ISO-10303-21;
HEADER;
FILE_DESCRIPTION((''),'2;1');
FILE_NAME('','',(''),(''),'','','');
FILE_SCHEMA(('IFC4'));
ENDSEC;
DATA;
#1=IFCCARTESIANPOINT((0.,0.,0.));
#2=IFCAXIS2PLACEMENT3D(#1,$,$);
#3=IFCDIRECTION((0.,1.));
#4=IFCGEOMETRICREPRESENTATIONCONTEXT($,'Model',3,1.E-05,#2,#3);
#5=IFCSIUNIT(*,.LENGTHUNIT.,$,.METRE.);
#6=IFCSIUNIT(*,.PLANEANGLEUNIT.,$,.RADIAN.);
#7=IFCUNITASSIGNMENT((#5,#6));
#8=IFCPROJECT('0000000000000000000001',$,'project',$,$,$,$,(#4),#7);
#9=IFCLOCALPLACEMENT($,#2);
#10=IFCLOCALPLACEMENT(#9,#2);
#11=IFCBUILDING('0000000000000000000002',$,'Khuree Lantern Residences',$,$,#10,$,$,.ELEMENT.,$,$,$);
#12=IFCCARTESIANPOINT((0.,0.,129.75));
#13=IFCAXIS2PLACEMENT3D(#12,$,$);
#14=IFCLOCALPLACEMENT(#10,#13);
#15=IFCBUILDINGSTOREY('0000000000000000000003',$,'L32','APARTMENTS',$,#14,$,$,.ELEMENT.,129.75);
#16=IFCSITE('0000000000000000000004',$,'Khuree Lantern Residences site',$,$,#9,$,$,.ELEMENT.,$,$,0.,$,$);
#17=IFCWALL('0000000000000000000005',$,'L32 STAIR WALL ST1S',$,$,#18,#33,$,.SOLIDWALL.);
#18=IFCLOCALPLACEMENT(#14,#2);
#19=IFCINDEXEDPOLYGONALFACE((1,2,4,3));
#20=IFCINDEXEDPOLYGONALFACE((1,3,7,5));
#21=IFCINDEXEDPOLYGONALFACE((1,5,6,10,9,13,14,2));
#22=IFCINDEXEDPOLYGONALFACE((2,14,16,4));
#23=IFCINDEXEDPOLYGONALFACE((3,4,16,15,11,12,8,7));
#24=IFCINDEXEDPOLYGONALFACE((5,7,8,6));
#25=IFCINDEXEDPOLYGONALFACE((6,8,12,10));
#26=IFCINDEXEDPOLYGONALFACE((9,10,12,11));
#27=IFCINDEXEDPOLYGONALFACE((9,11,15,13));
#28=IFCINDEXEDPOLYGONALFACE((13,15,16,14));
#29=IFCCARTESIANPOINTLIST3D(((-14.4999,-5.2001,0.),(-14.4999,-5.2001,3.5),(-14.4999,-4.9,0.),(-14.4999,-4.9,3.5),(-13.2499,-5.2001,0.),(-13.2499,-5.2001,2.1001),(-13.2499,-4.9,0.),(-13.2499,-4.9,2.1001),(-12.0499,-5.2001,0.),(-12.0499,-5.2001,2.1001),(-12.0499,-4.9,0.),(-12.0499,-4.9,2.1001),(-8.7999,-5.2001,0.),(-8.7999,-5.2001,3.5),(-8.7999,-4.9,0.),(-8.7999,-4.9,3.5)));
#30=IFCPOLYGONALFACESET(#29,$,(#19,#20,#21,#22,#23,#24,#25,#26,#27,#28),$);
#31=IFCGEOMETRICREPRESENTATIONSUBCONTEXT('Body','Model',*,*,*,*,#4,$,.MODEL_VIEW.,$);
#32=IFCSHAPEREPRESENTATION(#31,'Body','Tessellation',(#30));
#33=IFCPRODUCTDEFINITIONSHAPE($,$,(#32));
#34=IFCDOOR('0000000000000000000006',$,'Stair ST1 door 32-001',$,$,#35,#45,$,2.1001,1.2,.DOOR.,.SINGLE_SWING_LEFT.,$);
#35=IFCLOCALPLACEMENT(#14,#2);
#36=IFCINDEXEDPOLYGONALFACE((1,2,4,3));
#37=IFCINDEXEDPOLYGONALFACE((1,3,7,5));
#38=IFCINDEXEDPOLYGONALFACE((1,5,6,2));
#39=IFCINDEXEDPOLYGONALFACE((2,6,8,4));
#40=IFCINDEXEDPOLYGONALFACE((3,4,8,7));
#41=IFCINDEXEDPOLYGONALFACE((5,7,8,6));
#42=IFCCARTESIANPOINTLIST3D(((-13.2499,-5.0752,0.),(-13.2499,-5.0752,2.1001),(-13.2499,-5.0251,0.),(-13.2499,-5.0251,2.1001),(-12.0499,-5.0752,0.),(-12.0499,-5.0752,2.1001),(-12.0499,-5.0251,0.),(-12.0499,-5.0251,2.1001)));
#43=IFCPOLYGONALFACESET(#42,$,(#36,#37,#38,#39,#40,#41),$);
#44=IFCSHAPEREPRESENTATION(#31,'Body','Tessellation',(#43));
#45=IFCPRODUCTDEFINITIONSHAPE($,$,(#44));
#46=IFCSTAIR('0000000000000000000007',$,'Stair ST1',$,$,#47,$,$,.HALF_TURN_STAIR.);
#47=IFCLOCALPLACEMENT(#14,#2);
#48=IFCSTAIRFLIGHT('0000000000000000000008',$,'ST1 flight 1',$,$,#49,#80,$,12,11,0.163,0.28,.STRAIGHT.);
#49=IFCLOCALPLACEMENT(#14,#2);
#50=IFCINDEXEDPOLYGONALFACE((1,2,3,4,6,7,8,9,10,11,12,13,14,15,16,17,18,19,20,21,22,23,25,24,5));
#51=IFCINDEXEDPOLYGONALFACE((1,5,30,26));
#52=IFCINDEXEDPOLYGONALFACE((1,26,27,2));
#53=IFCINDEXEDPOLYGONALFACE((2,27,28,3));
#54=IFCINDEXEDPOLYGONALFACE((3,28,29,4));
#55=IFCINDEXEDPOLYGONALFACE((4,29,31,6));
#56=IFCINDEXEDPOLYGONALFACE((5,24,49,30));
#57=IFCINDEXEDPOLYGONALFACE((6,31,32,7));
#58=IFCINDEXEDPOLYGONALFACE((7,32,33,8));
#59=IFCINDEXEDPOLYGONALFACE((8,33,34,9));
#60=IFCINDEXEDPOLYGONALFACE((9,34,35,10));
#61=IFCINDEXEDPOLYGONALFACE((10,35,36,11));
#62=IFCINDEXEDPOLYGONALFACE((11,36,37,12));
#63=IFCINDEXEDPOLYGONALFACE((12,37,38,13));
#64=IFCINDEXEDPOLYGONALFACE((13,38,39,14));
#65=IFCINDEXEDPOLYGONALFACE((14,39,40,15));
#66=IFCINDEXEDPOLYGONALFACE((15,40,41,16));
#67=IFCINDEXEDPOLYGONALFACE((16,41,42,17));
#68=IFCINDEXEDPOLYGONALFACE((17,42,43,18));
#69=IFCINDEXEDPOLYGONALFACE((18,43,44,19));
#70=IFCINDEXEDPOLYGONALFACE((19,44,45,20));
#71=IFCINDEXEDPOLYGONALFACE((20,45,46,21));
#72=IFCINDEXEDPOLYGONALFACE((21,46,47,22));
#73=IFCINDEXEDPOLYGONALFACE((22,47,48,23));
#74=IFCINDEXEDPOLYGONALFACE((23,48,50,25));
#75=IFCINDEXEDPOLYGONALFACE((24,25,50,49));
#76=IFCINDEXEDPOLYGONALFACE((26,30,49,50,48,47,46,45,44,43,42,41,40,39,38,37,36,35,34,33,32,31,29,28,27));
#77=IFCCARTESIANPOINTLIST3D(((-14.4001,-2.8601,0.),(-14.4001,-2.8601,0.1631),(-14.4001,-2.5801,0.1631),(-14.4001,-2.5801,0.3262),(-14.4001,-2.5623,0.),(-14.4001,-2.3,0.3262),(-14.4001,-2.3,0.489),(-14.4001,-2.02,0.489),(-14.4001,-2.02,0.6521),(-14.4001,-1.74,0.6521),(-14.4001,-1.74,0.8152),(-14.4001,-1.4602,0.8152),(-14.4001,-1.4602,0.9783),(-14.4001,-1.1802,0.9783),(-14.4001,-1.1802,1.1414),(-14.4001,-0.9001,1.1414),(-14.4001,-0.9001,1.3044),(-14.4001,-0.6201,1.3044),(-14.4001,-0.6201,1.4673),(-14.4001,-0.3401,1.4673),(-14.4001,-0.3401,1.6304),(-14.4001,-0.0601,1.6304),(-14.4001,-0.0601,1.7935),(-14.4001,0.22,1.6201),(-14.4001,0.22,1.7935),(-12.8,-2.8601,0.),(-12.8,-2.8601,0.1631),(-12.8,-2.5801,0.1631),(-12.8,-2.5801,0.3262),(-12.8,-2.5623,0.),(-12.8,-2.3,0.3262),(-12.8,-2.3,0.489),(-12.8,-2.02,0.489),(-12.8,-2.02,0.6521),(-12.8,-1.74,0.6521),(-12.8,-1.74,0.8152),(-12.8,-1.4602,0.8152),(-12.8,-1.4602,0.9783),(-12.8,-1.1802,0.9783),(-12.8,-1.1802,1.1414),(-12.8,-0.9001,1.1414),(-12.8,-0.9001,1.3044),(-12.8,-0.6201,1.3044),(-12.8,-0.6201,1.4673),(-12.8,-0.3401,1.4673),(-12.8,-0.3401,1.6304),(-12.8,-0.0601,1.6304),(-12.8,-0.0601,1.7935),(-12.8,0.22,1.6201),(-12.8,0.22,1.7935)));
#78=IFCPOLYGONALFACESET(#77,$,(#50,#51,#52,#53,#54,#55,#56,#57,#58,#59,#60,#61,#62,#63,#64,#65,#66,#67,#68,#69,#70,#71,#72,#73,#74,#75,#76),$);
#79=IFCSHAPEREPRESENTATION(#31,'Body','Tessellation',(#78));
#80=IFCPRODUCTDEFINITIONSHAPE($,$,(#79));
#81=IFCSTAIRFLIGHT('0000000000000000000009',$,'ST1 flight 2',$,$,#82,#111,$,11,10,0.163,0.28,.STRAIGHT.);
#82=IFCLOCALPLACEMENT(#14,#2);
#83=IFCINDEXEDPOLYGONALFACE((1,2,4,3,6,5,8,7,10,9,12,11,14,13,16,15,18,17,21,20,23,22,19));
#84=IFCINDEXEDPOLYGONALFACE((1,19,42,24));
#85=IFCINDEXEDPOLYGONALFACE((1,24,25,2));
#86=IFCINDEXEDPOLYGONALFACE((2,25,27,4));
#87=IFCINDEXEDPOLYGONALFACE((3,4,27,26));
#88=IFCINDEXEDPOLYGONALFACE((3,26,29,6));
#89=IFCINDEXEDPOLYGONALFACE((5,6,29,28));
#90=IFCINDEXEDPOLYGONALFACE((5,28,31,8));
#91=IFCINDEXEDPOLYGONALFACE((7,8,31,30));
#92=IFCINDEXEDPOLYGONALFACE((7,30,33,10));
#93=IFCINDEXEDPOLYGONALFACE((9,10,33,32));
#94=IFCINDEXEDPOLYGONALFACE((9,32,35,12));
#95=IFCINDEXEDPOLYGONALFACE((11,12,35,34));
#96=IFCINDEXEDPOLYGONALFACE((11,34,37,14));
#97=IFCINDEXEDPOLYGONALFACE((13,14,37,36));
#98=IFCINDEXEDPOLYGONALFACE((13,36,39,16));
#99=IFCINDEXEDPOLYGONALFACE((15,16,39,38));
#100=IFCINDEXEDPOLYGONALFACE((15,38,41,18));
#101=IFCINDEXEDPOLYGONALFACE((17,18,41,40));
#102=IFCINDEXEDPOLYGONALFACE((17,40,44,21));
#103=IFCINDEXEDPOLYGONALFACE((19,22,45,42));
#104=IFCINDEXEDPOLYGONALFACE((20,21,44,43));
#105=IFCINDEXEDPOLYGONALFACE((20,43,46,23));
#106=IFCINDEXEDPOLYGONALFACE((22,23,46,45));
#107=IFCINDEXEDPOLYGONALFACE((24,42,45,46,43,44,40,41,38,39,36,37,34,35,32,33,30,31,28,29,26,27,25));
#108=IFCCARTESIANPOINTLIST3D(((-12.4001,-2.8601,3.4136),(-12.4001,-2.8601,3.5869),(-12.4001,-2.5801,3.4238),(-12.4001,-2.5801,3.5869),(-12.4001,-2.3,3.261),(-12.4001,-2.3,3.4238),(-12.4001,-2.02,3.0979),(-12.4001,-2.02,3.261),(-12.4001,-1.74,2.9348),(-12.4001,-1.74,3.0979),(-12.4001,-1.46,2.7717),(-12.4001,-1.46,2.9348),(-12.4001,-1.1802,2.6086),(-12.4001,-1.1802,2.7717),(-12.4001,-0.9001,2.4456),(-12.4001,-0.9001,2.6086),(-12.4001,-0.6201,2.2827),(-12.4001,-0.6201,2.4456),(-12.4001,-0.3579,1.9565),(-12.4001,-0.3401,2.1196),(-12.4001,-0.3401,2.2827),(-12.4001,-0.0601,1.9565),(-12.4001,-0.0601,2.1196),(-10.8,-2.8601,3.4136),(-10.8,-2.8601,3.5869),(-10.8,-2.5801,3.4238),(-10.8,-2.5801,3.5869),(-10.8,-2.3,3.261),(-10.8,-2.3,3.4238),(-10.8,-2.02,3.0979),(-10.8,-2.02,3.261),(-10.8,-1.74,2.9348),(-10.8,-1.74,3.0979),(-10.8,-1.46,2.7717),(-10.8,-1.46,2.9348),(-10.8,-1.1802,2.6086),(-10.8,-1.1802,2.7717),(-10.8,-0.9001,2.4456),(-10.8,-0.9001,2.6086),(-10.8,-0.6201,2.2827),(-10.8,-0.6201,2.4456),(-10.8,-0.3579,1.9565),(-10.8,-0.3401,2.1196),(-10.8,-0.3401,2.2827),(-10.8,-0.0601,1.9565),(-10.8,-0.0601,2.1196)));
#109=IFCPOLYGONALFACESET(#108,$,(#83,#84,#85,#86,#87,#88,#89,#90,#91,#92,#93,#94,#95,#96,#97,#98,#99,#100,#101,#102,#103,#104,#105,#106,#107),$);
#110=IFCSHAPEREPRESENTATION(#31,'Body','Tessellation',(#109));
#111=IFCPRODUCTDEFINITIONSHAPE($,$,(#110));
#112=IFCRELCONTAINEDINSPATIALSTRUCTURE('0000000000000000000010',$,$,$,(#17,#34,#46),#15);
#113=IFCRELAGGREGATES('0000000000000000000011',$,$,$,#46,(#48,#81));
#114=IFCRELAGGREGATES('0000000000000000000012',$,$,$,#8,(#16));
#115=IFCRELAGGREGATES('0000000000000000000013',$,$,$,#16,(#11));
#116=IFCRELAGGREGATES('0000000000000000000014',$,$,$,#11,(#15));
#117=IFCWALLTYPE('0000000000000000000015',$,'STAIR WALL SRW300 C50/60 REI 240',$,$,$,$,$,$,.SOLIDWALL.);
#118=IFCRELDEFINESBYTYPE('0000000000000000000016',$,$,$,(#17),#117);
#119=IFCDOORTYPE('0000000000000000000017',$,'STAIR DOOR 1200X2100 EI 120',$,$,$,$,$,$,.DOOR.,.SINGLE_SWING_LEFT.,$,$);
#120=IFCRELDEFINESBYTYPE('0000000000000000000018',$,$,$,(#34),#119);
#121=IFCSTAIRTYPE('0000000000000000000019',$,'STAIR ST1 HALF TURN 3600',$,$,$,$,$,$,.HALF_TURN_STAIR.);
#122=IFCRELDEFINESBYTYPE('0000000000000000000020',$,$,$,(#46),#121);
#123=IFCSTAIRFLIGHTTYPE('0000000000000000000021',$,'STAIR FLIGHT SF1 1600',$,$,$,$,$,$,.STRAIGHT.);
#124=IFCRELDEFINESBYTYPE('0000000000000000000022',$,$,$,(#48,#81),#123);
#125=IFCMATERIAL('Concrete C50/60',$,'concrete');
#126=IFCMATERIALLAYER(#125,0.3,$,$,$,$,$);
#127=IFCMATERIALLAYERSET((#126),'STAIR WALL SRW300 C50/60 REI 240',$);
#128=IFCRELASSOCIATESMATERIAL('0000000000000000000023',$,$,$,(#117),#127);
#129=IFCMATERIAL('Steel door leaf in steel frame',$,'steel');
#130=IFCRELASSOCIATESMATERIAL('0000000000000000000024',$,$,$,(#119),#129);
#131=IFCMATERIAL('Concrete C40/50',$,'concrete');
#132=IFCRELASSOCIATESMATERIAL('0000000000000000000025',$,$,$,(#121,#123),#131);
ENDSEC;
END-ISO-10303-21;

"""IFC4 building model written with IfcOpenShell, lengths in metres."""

from ifc_helpers import new_model, si_unit, direction, frame, frame_2d, origin, place, context, subcontext, project, spatial, polyline, rectangle, outline, extrude, material, layer, layer_set, type_object, element, fill, aggregate, save


model = new_model("IFC4")

# Units and contexts
model_context = context("Model", 3, precision=1e-05, world=origin(), true_north=direction((0.0, 1.0)))
body_context = subcontext(model_context, "Body", "Model", "MODEL_VIEW")
ifc_project = project(units=[si_unit("LENGTHUNIT", "METRE"), si_unit("PLANEANGLEUNIT", "RADIAN")], contexts=[model_context])

# Site, building, storey
site_placement = place(None, origin())
site = spatial("IfcSite", under=ifc_project, at=site_placement, Name="Khuree Lantern Residences site", CompositionType="ELEMENT", RefElevation=0.0)
building_placement = place(site_placement, origin())
building = spatial("IfcBuilding", under=site, at=building_placement, Name="Khuree Lantern Residences", CompositionType="ELEMENT")
storey_placement = place(building_placement, frame((0.0, 0.0, 129.75)))
storey = spatial("IfcBuildingStorey", under=building, at=storey_placement, Name="L32", Description="APARTMENTS", CompositionType="ELEMENT", Elevation=129.75)

# Shared definitions
ifc_material_1 = material(Name="Steel door leaf in steel frame", Category="steel")

# Shared definitions
ifc_material_2 = material(Name="Concrete C50/60", Category="concrete")
ifc_layer_1 = layer(ifc_material_2, 0.3)
ifc_layer_set_1 = layer_set([ifc_layer_1], Name="STAIR WALL SRW300 C50/60 REI 240")
wall_type_1 = type_object("IfcWallType", Name="STAIR WALL SRW300 C50/60 REI 240", PredefinedType="SOLIDWALL", material=ifc_layer_set_1)

# Wall, opening, door
wall_1_placement = place(storey_placement, frame((-14.5, -5.05, 0.0), z_axis=(0.0, 0.0, 1.0), x_axis=(1.0, 0.0, 0.0)))
wall_1 = element("IfcWall", 1, at=wall_1_placement, inside=storey, type_object=wall_type_1, Name="L32 STAIR WALL ST1S", PredefinedType="SOLIDWALL", context=body_context, shape_type="SweptSolid", body=[
    extrude(rectangle(XDim=5.7, YDim=0.3, at=frame_2d((2.8501, 0.0))), origin(), (0.0, 0.0, 1.0), 3.5),
])
opening_1_placement = place(wall_1_placement, frame((1.25, 0.0, 0.0)))
opening_1 = element("IfcOpeningElement", 2, at=opening_1_placement, cuts=wall_1, PredefinedType="OPENING", context=body_context, shape_type="SweptSolid", body=[
    extrude(rectangle(XDim=1.2, YDim=2.1001, at=frame_2d((0.6001, 1.05))), frame((0.0, 0.1602, 0.0), z_axis=(0.0, -1.0, 0.0), x_axis=(1.0, 0.0, 0.0)), (0.0, 0.0, 1.0), 0.3201),
])
door_type_1 = type_object("IfcDoorType", Name="STAIR DOOR 1200X2100 EI 120", OperationType="SINGLE_SWING_LEFT", PredefinedType="DOOR", material=ifc_material_1)
door_1_placement = place(opening_1_placement, origin())
door_1 = element("IfcDoor", 3, at=door_1_placement, inside=storey, type_object=door_type_1, Name="Stair ST1 door 32-001", OperationType="SINGLE_SWING_LEFT", OverallHeight=2.1001, OverallWidth=1.2, PredefinedType="DOOR", context=body_context, shape_type="SweptSolid", body=[
    extrude(rectangle(XDim=1.2, YDim=2.1001, at=frame_2d((0.6001, 1.05))), frame((0.0, 0.0249, 0.0), z_axis=(0.0, -1.0, 0.0), x_axis=(1.0, 0.0, 0.0)), (0.0, 0.0, 1.0), 0.05),
])
fill(opening_1, door_1)

# Stair, stair flights
ifc_material_3 = material(Name="Concrete C40/50", Category="concrete")
stair_type = type_object("IfcStairType", Name="STAIR ST1 HALF TURN 3600", PredefinedType="HALF_TURN_STAIR", material=ifc_material_3)
stair_placement = place(storey_placement, origin())
stair = element("IfcStair", 4, at=stair_placement, inside=storey, type_object=stair_type, Name="Stair ST1", PredefinedType="HALF_TURN_STAIR")
stair_flight_type = type_object("IfcStairFlightType", Name="STAIR FLIGHT SF1 1600", PredefinedType="STRAIGHT", material=ifc_material_3)
stair_flight_1_placement = place(storey_placement, frame((-13.6001, -2.8601, 0.0), z_axis=(0.0, 0.0, 1.0), x_axis=(0.0, 1.0, 0.0)))
stair_flight_1 = element("IfcStairFlight", 5, at=stair_flight_1_placement, type_object=stair_flight_type, Name="ST1 flight 1", NumberOfRisers=12, NumberOfTreads=11, PredefinedType="STRAIGHT", RiserHeight=0.163, TreadLength=0.28, context=body_context, shape_type="SweptSolid", body=[
    extrude(outline(polyline([(0.0, 0.0), (0.0, 0.1631), (0.28, 0.1631), (0.28, 0.3262), (0.5601, 0.3262), (0.5601, 0.489), (0.8401, 0.489), (0.8401, 0.6521), (1.1201, 0.6521), (1.1201, 0.8152), (1.3999, 0.8152), (1.3999, 0.9783), (1.6799, 0.9783), (1.6799, 1.1414), (1.96, 1.1414), (1.96, 1.3044), (2.24, 1.3044), (2.24, 1.4673), (2.52, 1.4673), (2.52, 1.6304), (2.8, 1.6304), (2.8, 1.7935), (3.0801, 1.7935), (3.0801, 1.9565), (3.0801, 1.6201), (0.2979, 0.0), (0.0, 0.0)])), frame((0.0, 0.8, 0.0), z_axis=(0.0, -1.0, 0.0), x_axis=(1.0, 0.0, 0.0)), (0.0, 0.0, 1.0), 1.6001),
])
stair_flight_2_placement = place(storey_placement, frame((-11.6001, -0.0601, 1.9565), z_axis=(0.0, 0.0, 1.0), x_axis=(0.0, -1.0, 0.0)))
stair_flight_2 = element("IfcStairFlight", 6, at=stair_flight_2_placement, type_object=stair_flight_type, Name="ST1 flight 2", NumberOfRisers=11, NumberOfTreads=10, PredefinedType="STRAIGHT", RiserHeight=0.163, TreadLength=0.28, context=body_context, shape_type="SweptSolid", body=[
    extrude(outline(polyline([(0.0, 0.0), (0.0, 0.1631), (0.28, 0.1631), (0.28, 0.3262), (0.5601, 0.3262), (0.5601, 0.489), (0.8401, 0.489), (0.8401, 0.6521), (1.1201, 0.6521), (1.1201, 0.8152), (1.3999, 0.8152), (1.3999, 0.9783), (1.6799, 0.9783), (1.6799, 1.1414), (1.96, 1.1414), (1.96, 1.3044), (2.24, 1.3044), (2.24, 1.4673), (2.52, 1.4673), (2.52, 1.6304), (2.8, 1.6304), (2.8, 1.7935), (2.8, 1.457), (0.2979, 0.0), (0.0, 0.0)])), frame((0.0, 0.8, 0.0), z_axis=(0.0, -1.0, 0.0), x_axis=(1.0, 0.0, 0.0)), (0.0, 0.0, 1.0), 1.6001),
])
aggregate(stair, [stair_flight_1, stair_flight_2])

save(model, "model.ifc")
